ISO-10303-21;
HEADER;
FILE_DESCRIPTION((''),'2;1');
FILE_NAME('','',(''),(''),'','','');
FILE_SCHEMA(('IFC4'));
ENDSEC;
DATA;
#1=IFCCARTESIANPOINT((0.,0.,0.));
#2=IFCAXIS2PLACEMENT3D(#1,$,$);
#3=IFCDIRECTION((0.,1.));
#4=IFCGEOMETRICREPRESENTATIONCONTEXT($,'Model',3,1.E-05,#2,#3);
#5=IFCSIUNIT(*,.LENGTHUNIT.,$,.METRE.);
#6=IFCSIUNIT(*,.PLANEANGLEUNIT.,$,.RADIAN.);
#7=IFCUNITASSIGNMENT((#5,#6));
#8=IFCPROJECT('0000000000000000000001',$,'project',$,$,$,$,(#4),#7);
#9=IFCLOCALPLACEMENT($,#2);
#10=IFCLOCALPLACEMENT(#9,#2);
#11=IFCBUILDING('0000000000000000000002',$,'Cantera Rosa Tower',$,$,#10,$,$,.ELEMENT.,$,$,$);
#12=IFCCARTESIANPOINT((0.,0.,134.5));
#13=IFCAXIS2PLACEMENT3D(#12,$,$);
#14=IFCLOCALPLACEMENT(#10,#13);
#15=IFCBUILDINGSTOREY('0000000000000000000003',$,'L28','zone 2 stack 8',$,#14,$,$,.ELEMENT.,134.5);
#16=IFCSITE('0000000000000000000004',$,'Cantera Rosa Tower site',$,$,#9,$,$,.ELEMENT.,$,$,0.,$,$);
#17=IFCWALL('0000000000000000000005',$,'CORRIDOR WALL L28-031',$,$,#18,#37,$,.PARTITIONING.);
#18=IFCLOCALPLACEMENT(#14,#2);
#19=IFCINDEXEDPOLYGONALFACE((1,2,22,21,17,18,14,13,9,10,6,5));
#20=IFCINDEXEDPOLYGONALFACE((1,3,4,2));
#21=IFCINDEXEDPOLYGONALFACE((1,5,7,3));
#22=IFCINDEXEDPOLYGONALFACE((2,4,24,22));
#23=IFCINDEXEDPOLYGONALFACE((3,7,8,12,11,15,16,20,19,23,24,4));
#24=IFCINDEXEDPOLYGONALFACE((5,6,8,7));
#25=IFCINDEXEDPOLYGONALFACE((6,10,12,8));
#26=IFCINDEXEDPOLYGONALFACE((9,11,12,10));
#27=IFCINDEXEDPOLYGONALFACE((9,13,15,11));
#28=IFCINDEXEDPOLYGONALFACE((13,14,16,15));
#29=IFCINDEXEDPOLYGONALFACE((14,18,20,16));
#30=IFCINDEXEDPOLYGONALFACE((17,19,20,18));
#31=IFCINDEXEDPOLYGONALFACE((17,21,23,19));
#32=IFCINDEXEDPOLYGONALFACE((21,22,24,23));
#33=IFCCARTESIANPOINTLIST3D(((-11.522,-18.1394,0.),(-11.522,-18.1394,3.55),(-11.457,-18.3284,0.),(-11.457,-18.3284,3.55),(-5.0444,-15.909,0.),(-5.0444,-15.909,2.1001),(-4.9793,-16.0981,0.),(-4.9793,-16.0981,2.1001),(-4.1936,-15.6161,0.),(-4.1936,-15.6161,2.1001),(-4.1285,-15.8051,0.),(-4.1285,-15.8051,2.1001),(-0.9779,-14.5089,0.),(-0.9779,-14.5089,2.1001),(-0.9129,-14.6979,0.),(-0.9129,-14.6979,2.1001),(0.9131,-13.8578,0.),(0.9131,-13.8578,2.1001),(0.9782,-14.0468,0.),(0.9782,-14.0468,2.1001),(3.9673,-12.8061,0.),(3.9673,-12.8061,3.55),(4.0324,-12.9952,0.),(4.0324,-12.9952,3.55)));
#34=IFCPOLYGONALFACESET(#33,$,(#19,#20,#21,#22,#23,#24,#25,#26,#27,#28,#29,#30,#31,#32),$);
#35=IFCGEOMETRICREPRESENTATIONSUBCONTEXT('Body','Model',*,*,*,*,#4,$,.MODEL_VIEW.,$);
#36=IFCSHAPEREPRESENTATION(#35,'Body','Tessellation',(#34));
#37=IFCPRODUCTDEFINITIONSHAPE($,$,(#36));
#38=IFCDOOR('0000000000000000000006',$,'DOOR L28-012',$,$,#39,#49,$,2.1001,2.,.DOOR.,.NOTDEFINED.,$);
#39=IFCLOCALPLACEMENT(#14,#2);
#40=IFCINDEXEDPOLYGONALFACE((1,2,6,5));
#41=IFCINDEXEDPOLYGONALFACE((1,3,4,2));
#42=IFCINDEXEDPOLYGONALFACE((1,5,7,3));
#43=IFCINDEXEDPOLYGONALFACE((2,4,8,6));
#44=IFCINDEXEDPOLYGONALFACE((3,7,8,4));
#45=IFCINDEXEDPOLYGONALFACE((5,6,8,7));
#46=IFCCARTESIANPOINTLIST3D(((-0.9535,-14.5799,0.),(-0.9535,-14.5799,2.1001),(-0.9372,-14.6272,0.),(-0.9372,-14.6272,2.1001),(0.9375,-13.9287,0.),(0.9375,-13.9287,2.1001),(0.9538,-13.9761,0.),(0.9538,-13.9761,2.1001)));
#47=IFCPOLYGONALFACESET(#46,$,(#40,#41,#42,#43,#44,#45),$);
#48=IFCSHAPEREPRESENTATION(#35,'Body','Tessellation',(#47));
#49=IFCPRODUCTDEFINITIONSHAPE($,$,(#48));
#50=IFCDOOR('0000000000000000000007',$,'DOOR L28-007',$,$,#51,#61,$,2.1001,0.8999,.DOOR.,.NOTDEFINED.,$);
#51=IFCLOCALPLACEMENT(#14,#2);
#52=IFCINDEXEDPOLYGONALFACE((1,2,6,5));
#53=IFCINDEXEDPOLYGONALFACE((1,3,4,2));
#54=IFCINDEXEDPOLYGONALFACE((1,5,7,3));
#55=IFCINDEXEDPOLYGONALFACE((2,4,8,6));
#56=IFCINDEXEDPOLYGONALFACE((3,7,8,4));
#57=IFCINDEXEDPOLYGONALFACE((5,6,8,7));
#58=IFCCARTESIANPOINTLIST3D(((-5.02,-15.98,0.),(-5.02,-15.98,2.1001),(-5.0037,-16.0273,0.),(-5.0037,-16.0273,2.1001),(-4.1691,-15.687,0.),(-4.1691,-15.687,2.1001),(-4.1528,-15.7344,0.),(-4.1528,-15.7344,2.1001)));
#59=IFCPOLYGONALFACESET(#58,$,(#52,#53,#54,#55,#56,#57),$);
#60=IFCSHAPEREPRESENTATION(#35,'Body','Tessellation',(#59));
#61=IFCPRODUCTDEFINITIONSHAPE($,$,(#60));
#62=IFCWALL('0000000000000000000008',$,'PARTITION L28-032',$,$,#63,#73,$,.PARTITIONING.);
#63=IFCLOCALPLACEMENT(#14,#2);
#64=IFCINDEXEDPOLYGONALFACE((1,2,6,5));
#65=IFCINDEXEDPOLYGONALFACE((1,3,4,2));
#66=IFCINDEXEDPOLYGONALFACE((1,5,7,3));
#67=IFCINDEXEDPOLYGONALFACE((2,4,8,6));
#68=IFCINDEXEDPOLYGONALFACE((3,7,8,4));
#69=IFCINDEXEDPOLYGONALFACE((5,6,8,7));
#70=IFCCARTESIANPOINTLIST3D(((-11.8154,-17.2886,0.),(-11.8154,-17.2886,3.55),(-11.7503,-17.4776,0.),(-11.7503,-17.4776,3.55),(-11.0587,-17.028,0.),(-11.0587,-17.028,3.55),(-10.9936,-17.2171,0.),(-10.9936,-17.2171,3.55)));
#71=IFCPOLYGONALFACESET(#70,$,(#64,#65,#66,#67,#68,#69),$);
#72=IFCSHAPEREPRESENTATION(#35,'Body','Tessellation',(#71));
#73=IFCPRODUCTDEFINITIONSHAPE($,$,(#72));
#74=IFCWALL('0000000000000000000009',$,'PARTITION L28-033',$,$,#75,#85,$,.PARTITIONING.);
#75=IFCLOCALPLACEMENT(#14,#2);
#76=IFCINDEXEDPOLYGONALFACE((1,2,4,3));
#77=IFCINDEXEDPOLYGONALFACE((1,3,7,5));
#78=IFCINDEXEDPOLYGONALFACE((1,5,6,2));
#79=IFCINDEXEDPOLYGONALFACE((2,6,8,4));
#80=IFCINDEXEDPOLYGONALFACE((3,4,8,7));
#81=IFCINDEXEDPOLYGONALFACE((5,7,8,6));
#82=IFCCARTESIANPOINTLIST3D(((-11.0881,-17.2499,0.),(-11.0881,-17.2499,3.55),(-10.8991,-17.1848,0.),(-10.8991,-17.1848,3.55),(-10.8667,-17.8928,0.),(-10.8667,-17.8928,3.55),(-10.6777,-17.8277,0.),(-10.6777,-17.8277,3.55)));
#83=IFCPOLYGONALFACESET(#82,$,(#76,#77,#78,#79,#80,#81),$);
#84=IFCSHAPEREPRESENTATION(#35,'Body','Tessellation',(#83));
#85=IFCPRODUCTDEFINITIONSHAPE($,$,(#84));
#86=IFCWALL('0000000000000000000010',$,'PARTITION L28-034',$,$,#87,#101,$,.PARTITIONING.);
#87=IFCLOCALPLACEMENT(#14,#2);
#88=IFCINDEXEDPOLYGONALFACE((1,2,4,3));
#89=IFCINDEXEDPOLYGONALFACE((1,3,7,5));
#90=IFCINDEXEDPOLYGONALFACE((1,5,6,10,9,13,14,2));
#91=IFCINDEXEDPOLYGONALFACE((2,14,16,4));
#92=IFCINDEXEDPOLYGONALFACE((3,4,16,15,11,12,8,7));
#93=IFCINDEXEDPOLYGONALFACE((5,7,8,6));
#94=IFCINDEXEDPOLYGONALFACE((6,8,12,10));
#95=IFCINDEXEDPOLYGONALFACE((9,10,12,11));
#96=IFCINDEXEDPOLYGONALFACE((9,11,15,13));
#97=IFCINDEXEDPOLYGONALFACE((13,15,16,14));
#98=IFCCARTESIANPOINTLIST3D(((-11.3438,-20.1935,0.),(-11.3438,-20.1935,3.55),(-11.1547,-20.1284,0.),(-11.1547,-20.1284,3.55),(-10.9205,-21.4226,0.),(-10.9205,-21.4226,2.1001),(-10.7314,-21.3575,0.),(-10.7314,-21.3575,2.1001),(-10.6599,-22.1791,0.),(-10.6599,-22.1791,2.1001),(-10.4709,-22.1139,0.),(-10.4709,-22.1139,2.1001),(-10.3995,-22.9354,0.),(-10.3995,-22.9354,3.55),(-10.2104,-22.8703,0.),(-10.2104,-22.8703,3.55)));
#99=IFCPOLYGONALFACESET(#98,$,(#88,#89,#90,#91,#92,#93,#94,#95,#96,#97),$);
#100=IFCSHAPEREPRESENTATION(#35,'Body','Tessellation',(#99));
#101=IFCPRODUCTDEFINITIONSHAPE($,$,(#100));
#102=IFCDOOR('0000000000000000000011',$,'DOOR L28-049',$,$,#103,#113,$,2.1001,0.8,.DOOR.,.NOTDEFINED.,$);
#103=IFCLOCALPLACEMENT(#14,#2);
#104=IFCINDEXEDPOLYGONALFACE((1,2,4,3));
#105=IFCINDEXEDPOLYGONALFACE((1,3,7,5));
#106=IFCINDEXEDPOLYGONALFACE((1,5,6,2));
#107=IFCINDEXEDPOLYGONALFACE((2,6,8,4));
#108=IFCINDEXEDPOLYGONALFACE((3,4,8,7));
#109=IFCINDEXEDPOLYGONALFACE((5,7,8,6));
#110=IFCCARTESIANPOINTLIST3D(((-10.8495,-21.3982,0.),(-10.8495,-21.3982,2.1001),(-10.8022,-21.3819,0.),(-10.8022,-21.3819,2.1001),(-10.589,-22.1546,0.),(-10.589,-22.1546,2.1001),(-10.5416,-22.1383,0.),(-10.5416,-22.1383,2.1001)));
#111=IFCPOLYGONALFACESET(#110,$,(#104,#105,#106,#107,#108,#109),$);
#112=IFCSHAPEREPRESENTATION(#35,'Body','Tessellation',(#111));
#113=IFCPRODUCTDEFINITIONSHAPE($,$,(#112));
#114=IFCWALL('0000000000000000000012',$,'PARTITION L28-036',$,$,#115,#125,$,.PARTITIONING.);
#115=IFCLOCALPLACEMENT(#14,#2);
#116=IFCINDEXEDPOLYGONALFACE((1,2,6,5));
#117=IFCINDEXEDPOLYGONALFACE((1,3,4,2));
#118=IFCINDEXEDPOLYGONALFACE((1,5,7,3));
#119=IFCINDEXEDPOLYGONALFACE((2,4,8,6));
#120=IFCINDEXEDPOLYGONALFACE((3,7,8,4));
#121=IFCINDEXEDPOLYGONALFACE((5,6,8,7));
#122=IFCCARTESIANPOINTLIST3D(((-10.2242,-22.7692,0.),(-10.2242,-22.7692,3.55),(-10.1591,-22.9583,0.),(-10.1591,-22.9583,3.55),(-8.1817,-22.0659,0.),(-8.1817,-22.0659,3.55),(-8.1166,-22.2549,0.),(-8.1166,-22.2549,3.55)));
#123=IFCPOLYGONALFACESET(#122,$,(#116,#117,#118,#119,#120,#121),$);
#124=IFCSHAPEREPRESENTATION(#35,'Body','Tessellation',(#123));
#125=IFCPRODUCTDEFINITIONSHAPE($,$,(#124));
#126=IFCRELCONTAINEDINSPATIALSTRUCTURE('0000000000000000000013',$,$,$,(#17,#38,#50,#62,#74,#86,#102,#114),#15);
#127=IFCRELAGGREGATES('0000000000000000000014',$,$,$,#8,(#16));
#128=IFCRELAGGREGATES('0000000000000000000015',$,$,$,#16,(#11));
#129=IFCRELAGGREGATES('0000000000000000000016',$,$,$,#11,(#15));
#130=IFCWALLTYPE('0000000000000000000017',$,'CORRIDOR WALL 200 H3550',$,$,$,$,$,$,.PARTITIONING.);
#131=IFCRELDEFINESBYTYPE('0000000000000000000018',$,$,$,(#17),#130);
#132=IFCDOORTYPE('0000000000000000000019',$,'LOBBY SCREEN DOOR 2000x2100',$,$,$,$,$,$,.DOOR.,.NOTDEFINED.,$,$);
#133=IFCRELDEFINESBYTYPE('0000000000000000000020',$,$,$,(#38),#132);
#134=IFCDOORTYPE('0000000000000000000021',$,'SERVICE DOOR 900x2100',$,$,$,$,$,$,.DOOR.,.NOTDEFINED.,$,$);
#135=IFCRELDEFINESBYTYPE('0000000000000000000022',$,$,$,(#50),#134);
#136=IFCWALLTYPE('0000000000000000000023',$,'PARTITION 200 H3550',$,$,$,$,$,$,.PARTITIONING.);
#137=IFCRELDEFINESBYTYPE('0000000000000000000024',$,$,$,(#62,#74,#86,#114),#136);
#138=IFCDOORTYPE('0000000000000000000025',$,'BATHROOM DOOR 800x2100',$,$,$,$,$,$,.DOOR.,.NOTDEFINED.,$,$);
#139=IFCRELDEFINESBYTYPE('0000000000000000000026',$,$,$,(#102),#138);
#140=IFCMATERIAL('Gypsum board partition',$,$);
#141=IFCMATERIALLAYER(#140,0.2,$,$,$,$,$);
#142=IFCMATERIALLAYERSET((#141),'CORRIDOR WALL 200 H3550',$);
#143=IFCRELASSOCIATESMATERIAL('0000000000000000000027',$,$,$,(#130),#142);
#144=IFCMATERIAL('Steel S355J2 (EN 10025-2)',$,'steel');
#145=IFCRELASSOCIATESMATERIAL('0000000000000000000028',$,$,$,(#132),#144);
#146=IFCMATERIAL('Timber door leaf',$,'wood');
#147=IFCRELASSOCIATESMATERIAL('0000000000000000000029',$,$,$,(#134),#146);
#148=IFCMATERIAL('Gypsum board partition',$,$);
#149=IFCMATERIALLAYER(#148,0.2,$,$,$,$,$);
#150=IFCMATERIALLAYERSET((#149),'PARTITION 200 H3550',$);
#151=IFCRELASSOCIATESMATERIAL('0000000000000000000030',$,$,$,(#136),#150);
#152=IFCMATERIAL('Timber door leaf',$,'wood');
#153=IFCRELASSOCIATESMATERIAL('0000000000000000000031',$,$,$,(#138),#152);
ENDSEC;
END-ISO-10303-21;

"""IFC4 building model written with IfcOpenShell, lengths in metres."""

from ifc_helpers import new_model, si_unit, direction, frame, frame_2d, origin, place, context, subcontext, project, spatial, rectangle, extrude, material, layer, layer_set, type_object, element, fill, save


model = new_model("IFC4")

# Units and contexts
model_context = context("Model", 3, precision=1e-05, world=origin(), true_north=direction((0.0, 1.0)))
body_context = subcontext(model_context, "Body", "Model", "MODEL_VIEW")
ifc_project = project(units=[si_unit("LENGTHUNIT", "METRE"), si_unit("PLANEANGLEUNIT", "RADIAN")], contexts=[model_context])

# Site, building, storey
site_placement = place(None, origin())
site = spatial("IfcSite", under=ifc_project, at=site_placement, Name="Cantera Rosa Tower site", CompositionType="ELEMENT", RefElevation=0.0)
building_placement = place(site_placement, origin())
building = spatial("IfcBuilding", under=site, at=building_placement, Name="Cantera Rosa Tower", CompositionType="ELEMENT")
storey_placement = place(building_placement, frame((0.0, 0.0, 134.5)))
storey = spatial("IfcBuildingStorey", under=building, at=storey_placement, Name="L28", Description="zone 2 stack 8", CompositionType="ELEMENT", Elevation=134.5)

# Wall, openings, doors
ifc_material_1 = material(Name="Gypsum board partition")
ifc_layer_1 = layer(ifc_material_1, 0.2)
ifc_layer_set_1 = layer_set([ifc_layer_1], Name="CORRIDOR WALL 200 H3550")
wall_type_1 = type_object("IfcWallType", Name="CORRIDOR WALL 200 H3550", PredefinedType="PARTITIONING", material=ifc_layer_set_1)
wall_1_placement = place(storey_placement, frame((-11.4895, -18.2339, 0.0), z_axis=(0.0, 0.0, 1.0), x_axis=(0.945523, 0.325557, 0.0)))
wall_1 = element("IfcWall", 1, at=wall_1_placement, inside=storey, type_object=wall_type_1, Name="CORRIDOR WALL L28-031", PredefinedType="PARTITIONING", context=body_context, shape_type="SweptSolid", body=[
    extrude(rectangle(XDim=16.3818, YDim=0.2, at=frame_2d((8.1909, 0.0))), origin(), (0.0, 0.0, 1.0), 3.55),
])
opening_1_placement = place(wall_1_placement, frame((6.8508, 0.0, 0.0)))
opening_1 = element("IfcOpeningElement", 2, at=opening_1_placement, cuts=wall_1, PredefinedType="OPENING", context=body_context, shape_type="SweptSolid", body=[
    extrude(rectangle(XDim=0.8999, YDim=2.1001, at=frame_2d((0.45, 1.05))), frame((0.0, 0.1099, 0.0), z_axis=(0.0, -1.0, 0.0), x_axis=(1.0, 0.0, 0.0)), (0.0, 0.0, 1.0), 0.22),
])
opening_2_placement = place(wall_1_placement, frame((11.1516, 0.0, 0.0)))
opening_2 = element("IfcOpeningElement", 3, at=opening_2_placement, cuts=wall_1, PredefinedType="OPENING", context=body_context, shape_type="SweptSolid", body=[
    extrude(rectangle(XDim=2.0, YDim=2.1001, at=frame_2d((1.0, 1.05))), frame((0.0, 0.1099, 0.0), z_axis=(0.0, -1.0, 0.0), x_axis=(1.0, 0.0, 0.0)), (0.0, 0.0, 1.0), 0.22),
])
ifc_material_2 = material(Name="Steel S355J2 (EN 10025-2)", Category="steel")
door_type_1 = type_object("IfcDoorType", Name="LOBBY SCREEN DOOR 2000x2100", OperationType="NOTDEFINED", PredefinedType="DOOR", material=ifc_material_2)
door_1_placement = place(opening_2_placement, origin())
door_1 = element("IfcDoor", 4, at=door_1_placement, inside=storey, type_object=door_type_1, Name="DOOR L28-012", OperationType="NOTDEFINED", OverallHeight=2.1001, OverallWidth=2.0, PredefinedType="DOOR", context=body_context, shape_type="SweptSolid", body=[
    extrude(rectangle(XDim=2.0, YDim=2.1001, at=frame_2d((1.0, 1.05))), frame((0.0, 0.0249, 0.0), z_axis=(0.0, -1.0, 0.0), x_axis=(1.0, 0.0, 0.0)), (0.0, 0.0, 1.0), 0.05),
])
fill(opening_2, door_1)
ifc_material_3 = material(Name="Timber door leaf", Category="wood")
door_type_2 = type_object("IfcDoorType", Name="SERVICE DOOR 900x2100", OperationType="NOTDEFINED", PredefinedType="DOOR", material=ifc_material_3)
door_2_placement = place(opening_1_placement, origin())
door_2 = element("IfcDoor", 5, at=door_2_placement, inside=storey, type_object=door_type_2, Name="DOOR L28-007", OperationType="NOTDEFINED", OverallHeight=2.1001, OverallWidth=0.8999, PredefinedType="DOOR", context=body_context, shape_type="SweptSolid", body=[
    extrude(rectangle(XDim=0.8999, YDim=2.1001, at=frame_2d((0.45, 1.05))), frame((0.0, 0.0249, 0.0), z_axis=(0.0, -1.0, 0.0), x_axis=(1.0, 0.0, 0.0)), (0.0, 0.0, 1.0), 0.05),
])
fill(opening_1, door_2)

# Walls
ifc_material_4 = material(Name="Gypsum board partition")
ifc_layer_2 = layer(ifc_material_4, 0.2)
ifc_layer_set_2 = layer_set([ifc_layer_2], Name="PARTITION 200 H3550")
wall_type_2 = type_object("IfcWallType", Name="PARTITION 200 H3550", PredefinedType="PARTITIONING", material=ifc_layer_set_2)
wall_2_placement = place(storey_placement, frame((-11.0261, -17.1226, 0.0), z_axis=(0.0, 0.0, 1.0), x_axis=(-0.945525, -0.325549, 0.0)))
element("IfcWall", 6, at=wall_2_placement, inside=storey, type_object=wall_type_2, Name="PARTITION L28-032", PredefinedType="PARTITIONING", context=body_context, shape_type="SweptSolid", body=[
    extrude(rectangle(XDim=0.8003, YDim=0.2, at=frame_2d((0.4001, 0.0))), origin(), (0.0, 0.0, 1.0), 3.55),
])
wall_3_placement = place(storey_placement, frame((-10.7722, -17.8601, 0.0), z_axis=(0.0, 0.0, 1.0), x_axis=(-0.325692, 0.945476, 0.0)))
element("IfcWall", 7, at=wall_3_placement, inside=storey, type_object=wall_type_2, Name="PARTITION L28-033", PredefinedType="PARTITIONING", context=body_context, shape_type="SweptSolid", body=[
    extrude(rectangle(XDim=0.6799, YDim=0.2, at=frame_2d((0.3398, 0.0))), origin(), (0.0, 0.0, 1.0), 3.55),
])

# Wall, opening, door
wall_4_placement = place(storey_placement, frame((-10.3049, -22.9028, 0.0), z_axis=(0.0, 0.0, 1.0), x_axis=(-0.325633, 0.945496, 0.0)))
wall_4 = element("IfcWall", 8, at=wall_4_placement, inside=storey, type_object=wall_type_2, Name="PARTITION L28-034", PredefinedType="PARTITIONING", context=body_context, shape_type="SweptSolid", body=[
    extrude(rectangle(XDim=2.8999, YDim=0.2, at=frame_2d((1.45, 0.0))), origin(), (0.0, 0.0, 1.0), 3.55),
])
opening_3_placement = place(wall_4_placement, frame((0.8, 0.0, 0.0)))
opening_3 = element("IfcOpeningElement", 9, at=opening_3_placement, cuts=wall_4, PredefinedType="OPENING", context=body_context, shape_type="SweptSolid", body=[
    extrude(rectangle(XDim=0.8, YDim=2.1001, at=frame_2d((0.3999, 1.05))), frame((0.0, 0.1099, 0.0), z_axis=(0.0, -1.0, 0.0), x_axis=(1.0, 0.0, 0.0)), (0.0, 0.0, 1.0), 0.22),
])
ifc_material_5 = material(Name="Timber door leaf", Category="wood")
door_type_3 = type_object("IfcDoorType", Name="BATHROOM DOOR 800x2100", OperationType="NOTDEFINED", PredefinedType="DOOR", material=ifc_material_5)
door_3_placement = place(opening_3_placement, origin())
door_3 = element("IfcDoor", 10, at=door_3_placement, inside=storey, type_object=door_type_3, Name="DOOR L28-049", OperationType="NOTDEFINED", OverallHeight=2.1001, OverallWidth=0.8, PredefinedType="DOOR", context=body_context, shape_type="SweptSolid", body=[
    extrude(rectangle(XDim=0.8, YDim=2.1001, at=frame_2d((0.3999, 1.05))), frame((0.0, 0.0249, 0.0), z_axis=(0.0, -1.0, 0.0), x_axis=(1.0, 0.0, 0.0)), (0.0, 0.0, 1.0), 0.05),
])
fill(opening_3, door_3)

# Wall
wall_5_placement = place(storey_placement, frame((-8.1492, -22.1604, 0.0), z_axis=(0.0, 0.0, 1.0), x_axis=(-0.945506, -0.325604, 0.0)))
element("IfcWall", 11, at=wall_5_placement, inside=storey, type_object=wall_type_2, Name="PARTITION L28-036", PredefinedType="PARTITIONING", context=body_context, shape_type="SweptSolid", body=[
    extrude(rectangle(XDim=2.1602, YDim=0.2, at=frame_2d((1.0801, 0.0))), origin(), (0.0, 0.0, 1.0), 3.55),
])

save(model, "model.ifc")
